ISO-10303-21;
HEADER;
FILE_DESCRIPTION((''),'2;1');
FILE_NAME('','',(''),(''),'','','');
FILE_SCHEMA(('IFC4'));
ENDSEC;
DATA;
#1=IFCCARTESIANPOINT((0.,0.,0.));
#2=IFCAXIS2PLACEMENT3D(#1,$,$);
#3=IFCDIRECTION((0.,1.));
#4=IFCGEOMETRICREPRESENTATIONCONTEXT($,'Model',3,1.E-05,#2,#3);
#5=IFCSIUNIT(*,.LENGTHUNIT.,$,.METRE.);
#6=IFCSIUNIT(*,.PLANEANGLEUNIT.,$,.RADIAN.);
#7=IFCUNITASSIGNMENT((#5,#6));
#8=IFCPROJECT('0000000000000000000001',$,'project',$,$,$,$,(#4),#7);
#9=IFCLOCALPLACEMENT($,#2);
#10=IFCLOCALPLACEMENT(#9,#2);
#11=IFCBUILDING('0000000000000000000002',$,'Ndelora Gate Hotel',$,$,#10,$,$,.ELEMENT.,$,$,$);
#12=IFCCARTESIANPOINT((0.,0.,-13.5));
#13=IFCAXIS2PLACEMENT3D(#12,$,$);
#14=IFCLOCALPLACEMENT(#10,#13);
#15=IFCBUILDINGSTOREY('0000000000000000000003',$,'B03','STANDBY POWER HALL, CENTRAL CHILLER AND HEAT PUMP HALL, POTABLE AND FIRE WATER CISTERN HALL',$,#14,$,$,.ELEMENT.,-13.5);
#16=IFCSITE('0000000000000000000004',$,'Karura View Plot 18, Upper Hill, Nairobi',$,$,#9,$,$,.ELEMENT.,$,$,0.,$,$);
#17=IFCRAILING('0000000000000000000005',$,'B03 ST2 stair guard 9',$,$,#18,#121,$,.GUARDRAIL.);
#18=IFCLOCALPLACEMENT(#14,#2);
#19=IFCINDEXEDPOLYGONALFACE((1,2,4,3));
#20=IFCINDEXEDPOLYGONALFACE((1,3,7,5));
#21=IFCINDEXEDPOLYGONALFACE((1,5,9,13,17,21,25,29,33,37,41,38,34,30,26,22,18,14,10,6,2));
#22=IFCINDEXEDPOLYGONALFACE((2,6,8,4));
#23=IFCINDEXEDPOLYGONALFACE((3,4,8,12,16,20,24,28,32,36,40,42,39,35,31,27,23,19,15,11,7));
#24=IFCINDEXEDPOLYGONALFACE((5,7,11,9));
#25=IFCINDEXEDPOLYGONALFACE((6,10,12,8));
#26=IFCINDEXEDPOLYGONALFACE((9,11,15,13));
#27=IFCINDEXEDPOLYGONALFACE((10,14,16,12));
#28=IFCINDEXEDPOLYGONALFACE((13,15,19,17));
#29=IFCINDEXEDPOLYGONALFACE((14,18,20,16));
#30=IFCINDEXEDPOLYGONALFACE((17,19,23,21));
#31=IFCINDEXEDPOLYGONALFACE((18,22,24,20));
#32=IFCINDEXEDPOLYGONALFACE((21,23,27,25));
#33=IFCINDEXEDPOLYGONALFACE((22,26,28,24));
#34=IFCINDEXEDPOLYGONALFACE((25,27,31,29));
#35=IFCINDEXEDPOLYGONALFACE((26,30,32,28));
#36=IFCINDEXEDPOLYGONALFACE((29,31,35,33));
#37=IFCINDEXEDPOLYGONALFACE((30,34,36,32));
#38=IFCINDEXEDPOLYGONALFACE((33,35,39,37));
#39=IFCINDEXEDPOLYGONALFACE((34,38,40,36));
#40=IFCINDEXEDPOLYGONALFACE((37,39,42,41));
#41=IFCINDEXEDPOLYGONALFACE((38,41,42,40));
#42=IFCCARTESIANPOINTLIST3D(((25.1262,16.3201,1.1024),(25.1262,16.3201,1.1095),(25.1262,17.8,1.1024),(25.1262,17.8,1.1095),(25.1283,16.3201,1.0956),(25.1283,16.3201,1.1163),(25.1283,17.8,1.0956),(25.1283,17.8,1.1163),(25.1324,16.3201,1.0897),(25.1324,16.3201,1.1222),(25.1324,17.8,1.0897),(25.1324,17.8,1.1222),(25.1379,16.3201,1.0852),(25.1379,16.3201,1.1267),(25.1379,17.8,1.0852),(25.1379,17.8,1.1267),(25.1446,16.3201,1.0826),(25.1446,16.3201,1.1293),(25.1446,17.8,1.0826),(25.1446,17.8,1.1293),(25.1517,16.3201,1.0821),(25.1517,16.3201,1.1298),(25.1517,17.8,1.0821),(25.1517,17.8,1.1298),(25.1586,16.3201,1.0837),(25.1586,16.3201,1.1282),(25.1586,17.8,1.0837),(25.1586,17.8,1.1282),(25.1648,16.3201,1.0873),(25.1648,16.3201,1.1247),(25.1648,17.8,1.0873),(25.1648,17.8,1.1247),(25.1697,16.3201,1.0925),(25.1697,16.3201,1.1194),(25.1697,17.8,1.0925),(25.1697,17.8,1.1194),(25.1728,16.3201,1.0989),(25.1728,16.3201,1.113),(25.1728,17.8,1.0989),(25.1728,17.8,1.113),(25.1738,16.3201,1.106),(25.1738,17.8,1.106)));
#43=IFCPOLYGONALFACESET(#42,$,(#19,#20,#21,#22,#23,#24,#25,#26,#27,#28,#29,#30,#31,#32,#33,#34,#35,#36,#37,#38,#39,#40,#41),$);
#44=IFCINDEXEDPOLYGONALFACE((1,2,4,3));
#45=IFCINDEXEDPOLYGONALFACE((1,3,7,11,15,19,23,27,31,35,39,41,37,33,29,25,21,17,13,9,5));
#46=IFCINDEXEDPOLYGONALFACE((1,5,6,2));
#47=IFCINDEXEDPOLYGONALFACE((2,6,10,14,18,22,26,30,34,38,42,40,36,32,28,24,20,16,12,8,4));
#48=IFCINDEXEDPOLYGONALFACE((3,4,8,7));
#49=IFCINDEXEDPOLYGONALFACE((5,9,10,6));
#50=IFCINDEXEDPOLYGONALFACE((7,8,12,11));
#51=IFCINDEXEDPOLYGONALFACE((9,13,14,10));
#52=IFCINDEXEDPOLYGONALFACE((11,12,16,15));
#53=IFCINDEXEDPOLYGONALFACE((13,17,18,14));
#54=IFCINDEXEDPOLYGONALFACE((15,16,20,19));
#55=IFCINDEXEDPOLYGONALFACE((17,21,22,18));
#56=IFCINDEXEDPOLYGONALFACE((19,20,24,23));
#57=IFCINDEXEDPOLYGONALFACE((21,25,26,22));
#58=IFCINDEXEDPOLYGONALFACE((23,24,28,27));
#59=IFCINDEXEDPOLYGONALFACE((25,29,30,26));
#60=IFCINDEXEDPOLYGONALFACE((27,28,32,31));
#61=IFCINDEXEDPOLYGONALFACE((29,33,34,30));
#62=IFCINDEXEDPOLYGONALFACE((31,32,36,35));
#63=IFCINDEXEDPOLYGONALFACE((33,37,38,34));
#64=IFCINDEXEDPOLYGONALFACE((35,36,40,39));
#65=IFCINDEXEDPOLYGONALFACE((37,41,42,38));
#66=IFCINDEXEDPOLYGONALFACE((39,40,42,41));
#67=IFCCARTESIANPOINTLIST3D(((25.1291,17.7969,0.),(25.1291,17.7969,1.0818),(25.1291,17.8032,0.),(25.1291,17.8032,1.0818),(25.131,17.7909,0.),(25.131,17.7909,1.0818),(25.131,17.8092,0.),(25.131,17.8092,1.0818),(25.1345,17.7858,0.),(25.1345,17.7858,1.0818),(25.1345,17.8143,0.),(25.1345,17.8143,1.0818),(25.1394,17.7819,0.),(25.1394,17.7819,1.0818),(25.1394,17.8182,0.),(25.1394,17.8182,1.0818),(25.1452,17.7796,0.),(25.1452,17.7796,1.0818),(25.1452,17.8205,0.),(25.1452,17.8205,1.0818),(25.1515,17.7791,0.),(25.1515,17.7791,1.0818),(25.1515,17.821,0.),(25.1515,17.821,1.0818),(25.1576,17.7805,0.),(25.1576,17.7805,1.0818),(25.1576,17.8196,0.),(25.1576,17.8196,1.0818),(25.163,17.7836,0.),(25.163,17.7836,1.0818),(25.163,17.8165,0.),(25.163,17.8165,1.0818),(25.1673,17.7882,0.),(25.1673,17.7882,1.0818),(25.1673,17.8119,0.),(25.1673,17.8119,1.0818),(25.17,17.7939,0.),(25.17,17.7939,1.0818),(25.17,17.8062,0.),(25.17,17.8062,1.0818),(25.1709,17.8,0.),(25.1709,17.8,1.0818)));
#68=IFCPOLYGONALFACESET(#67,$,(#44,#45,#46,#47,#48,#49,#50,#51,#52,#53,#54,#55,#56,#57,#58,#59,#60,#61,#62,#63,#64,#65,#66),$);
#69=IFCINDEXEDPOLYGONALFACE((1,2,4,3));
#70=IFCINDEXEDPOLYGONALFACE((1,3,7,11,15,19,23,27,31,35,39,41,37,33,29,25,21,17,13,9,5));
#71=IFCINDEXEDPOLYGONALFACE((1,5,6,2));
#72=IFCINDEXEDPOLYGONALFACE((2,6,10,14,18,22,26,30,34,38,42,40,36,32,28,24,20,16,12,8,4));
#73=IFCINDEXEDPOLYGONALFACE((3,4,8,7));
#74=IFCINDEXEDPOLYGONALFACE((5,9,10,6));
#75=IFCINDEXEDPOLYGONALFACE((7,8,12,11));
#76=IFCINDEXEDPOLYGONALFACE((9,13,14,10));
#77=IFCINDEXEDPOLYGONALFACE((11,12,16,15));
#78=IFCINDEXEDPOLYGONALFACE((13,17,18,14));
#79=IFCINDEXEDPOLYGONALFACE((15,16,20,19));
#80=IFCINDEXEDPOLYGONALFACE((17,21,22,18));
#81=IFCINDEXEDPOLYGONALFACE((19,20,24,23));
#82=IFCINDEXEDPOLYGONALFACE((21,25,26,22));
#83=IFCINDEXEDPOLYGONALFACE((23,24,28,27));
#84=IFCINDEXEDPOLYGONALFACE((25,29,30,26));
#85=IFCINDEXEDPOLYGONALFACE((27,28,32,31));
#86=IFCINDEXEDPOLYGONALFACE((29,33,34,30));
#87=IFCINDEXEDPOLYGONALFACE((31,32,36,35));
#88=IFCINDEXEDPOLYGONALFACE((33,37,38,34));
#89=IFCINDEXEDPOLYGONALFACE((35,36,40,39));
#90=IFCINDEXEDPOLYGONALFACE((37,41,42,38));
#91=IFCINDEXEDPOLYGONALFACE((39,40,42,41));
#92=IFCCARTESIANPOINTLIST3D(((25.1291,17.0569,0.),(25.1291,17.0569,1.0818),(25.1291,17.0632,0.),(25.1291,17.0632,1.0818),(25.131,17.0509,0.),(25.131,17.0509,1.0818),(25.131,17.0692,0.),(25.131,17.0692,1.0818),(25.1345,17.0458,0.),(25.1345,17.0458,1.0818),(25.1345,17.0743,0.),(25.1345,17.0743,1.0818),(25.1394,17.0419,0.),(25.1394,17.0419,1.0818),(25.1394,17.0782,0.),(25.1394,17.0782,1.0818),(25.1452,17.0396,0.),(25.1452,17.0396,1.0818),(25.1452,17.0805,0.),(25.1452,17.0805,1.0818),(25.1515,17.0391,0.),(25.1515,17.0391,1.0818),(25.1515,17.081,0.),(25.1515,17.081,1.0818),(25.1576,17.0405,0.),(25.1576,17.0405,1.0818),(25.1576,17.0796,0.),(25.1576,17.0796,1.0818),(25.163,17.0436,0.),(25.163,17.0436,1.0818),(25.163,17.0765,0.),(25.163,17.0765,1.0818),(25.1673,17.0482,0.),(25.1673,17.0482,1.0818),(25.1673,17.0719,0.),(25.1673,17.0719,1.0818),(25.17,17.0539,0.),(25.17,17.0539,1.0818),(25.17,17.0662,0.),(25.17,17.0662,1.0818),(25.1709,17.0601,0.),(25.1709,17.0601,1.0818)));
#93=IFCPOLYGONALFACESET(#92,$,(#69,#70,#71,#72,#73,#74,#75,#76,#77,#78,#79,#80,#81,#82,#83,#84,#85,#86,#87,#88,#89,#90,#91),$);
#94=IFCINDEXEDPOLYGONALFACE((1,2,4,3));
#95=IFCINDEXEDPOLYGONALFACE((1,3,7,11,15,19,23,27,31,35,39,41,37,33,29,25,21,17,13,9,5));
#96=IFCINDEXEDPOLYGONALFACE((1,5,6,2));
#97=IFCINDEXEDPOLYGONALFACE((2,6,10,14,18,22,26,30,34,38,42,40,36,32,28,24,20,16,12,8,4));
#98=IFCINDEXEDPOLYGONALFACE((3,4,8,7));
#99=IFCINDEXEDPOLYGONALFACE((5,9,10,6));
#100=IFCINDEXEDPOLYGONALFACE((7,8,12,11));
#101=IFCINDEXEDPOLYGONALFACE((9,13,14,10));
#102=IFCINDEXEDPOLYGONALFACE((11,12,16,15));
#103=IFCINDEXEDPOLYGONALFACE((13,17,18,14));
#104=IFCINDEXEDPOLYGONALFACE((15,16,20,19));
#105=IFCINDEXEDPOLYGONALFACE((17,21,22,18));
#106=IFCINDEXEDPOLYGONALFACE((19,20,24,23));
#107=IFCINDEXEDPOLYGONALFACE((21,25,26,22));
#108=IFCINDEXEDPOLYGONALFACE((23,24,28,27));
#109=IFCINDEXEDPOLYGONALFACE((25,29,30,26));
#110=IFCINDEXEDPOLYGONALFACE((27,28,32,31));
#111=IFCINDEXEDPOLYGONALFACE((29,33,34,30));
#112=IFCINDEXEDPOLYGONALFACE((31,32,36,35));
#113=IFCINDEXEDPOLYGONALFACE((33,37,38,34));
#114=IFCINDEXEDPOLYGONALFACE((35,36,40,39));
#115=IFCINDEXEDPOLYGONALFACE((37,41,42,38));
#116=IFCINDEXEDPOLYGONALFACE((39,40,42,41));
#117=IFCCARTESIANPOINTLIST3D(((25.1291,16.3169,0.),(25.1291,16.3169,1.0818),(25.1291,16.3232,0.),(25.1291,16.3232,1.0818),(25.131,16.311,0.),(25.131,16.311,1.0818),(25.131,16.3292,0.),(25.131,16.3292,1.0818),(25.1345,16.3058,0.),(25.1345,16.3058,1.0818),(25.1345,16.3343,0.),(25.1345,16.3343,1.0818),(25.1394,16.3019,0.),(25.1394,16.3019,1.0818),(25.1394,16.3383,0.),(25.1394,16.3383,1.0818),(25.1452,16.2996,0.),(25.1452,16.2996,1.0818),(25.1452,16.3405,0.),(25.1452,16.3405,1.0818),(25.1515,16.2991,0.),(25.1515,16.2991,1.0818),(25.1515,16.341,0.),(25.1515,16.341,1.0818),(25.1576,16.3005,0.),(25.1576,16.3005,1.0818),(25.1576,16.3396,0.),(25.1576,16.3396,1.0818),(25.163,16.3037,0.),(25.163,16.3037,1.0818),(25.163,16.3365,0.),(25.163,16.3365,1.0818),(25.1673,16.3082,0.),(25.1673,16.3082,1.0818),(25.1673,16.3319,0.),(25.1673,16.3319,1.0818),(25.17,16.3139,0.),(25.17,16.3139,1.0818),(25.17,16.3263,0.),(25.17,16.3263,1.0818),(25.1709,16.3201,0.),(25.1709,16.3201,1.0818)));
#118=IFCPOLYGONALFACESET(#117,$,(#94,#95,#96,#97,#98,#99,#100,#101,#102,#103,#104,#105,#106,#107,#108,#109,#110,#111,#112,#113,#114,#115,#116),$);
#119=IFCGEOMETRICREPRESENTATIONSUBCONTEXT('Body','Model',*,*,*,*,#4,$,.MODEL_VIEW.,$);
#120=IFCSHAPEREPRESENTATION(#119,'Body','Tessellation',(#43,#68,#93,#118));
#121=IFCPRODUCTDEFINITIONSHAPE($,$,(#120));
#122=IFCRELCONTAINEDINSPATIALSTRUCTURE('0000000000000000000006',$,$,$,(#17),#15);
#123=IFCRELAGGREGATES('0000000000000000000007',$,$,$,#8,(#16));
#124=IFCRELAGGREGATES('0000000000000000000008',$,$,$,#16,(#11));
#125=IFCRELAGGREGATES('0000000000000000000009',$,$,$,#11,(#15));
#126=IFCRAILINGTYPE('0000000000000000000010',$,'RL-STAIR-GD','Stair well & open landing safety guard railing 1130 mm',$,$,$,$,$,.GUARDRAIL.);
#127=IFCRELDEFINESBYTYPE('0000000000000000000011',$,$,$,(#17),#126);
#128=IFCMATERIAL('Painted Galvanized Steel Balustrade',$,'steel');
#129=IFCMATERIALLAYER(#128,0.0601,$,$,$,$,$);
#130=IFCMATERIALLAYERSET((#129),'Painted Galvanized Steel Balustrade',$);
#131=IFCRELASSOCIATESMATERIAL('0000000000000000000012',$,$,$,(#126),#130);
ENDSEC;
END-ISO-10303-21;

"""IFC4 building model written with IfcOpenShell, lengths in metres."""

from ifc_helpers import new_model, si_unit, direction, frame, origin, origin_2d, place, context, subcontext, project, spatial, circle, extrude, material, layer, layer_set, type_object, element, save


model = new_model("IFC4")

# Units and contexts
model_context = context("Model", 3, precision=1e-05, world=origin(), true_north=direction((0.0, 1.0)))
body_context = subcontext(model_context, "Body", "Model", "MODEL_VIEW")
ifc_project = project(units=[si_unit("LENGTHUNIT", "METRE"), si_unit("PLANEANGLEUNIT", "RADIAN")], contexts=[model_context])

# Site, building, storey
site_placement = place(None, origin())
site = spatial("IfcSite", under=ifc_project, at=site_placement, Name="Karura View Plot 18, Upper Hill, Nairobi", CompositionType="ELEMENT", RefElevation=0.0)
building_placement = place(site_placement, origin())
building = spatial("IfcBuilding", under=site, at=building_placement, Name="Ndelora Gate Hotel", CompositionType="ELEMENT")
storey_placement = place(building_placement, frame((0.0, 0.0, -13.5)))
storey = spatial("IfcBuildingStorey", under=building, at=storey_placement, Name="B03", Description="STANDBY POWER HALL, CENTRAL CHILLER AND HEAT PUMP HALL, POTABLE AND FIRE WATER CISTERN HALL", CompositionType="ELEMENT", Elevation=-13.5)

# Railing
ifc_material_1 = material(Name="Painted Galvanized Steel Balustrade", Category="steel")
ifc_layer_1 = layer(ifc_material_1, 0.0601)
ifc_layer_set_1 = layer_set([ifc_layer_1], Name="Painted Galvanized Steel Balustrade")
railing_type_1 = type_object("IfcRailingType", Name="RL-STAIR-GD", Description="Stair well & open landing safety guard railing 1130 mm", PredefinedType="GUARDRAIL", material=ifc_layer_set_1)
for number, where, name in (
    (1, (25.1499, 17.8, 0.0), "B03 ST2 stair guard 9"),
):
    element("IfcRailing", number, at=place(storey_placement, frame(where)), inside=storey, type_object=railing_type_1, Name=name, PredefinedType="GUARDRAIL", context=body_context, shape_type="SweptSolid", body=[
        extrude(circle(Radius=0.0239, at=origin_2d()), frame((0.0, 0.0, 1.106), z_axis=(0.0, -1.0, 0.0), x_axis=(1.0, 0.0, 0.0)), (0.0, 0.0, 1.0), 1.48),
        extrude(circle(Radius=0.021, at=origin_2d()), origin(), (0.0, 0.0, 1.0), 1.0818),
        extrude(circle(Radius=0.021, at=origin_2d()), frame((0.0, -0.74, 0.0)), (0.0, 0.0, 1.0), 1.0818),
        extrude(circle(Radius=0.021, at=origin_2d()), frame((0.0, -1.48, 0.0)), (0.0, 0.0, 1.0), 1.0818),
    ])

save(model, "model.ifc")
